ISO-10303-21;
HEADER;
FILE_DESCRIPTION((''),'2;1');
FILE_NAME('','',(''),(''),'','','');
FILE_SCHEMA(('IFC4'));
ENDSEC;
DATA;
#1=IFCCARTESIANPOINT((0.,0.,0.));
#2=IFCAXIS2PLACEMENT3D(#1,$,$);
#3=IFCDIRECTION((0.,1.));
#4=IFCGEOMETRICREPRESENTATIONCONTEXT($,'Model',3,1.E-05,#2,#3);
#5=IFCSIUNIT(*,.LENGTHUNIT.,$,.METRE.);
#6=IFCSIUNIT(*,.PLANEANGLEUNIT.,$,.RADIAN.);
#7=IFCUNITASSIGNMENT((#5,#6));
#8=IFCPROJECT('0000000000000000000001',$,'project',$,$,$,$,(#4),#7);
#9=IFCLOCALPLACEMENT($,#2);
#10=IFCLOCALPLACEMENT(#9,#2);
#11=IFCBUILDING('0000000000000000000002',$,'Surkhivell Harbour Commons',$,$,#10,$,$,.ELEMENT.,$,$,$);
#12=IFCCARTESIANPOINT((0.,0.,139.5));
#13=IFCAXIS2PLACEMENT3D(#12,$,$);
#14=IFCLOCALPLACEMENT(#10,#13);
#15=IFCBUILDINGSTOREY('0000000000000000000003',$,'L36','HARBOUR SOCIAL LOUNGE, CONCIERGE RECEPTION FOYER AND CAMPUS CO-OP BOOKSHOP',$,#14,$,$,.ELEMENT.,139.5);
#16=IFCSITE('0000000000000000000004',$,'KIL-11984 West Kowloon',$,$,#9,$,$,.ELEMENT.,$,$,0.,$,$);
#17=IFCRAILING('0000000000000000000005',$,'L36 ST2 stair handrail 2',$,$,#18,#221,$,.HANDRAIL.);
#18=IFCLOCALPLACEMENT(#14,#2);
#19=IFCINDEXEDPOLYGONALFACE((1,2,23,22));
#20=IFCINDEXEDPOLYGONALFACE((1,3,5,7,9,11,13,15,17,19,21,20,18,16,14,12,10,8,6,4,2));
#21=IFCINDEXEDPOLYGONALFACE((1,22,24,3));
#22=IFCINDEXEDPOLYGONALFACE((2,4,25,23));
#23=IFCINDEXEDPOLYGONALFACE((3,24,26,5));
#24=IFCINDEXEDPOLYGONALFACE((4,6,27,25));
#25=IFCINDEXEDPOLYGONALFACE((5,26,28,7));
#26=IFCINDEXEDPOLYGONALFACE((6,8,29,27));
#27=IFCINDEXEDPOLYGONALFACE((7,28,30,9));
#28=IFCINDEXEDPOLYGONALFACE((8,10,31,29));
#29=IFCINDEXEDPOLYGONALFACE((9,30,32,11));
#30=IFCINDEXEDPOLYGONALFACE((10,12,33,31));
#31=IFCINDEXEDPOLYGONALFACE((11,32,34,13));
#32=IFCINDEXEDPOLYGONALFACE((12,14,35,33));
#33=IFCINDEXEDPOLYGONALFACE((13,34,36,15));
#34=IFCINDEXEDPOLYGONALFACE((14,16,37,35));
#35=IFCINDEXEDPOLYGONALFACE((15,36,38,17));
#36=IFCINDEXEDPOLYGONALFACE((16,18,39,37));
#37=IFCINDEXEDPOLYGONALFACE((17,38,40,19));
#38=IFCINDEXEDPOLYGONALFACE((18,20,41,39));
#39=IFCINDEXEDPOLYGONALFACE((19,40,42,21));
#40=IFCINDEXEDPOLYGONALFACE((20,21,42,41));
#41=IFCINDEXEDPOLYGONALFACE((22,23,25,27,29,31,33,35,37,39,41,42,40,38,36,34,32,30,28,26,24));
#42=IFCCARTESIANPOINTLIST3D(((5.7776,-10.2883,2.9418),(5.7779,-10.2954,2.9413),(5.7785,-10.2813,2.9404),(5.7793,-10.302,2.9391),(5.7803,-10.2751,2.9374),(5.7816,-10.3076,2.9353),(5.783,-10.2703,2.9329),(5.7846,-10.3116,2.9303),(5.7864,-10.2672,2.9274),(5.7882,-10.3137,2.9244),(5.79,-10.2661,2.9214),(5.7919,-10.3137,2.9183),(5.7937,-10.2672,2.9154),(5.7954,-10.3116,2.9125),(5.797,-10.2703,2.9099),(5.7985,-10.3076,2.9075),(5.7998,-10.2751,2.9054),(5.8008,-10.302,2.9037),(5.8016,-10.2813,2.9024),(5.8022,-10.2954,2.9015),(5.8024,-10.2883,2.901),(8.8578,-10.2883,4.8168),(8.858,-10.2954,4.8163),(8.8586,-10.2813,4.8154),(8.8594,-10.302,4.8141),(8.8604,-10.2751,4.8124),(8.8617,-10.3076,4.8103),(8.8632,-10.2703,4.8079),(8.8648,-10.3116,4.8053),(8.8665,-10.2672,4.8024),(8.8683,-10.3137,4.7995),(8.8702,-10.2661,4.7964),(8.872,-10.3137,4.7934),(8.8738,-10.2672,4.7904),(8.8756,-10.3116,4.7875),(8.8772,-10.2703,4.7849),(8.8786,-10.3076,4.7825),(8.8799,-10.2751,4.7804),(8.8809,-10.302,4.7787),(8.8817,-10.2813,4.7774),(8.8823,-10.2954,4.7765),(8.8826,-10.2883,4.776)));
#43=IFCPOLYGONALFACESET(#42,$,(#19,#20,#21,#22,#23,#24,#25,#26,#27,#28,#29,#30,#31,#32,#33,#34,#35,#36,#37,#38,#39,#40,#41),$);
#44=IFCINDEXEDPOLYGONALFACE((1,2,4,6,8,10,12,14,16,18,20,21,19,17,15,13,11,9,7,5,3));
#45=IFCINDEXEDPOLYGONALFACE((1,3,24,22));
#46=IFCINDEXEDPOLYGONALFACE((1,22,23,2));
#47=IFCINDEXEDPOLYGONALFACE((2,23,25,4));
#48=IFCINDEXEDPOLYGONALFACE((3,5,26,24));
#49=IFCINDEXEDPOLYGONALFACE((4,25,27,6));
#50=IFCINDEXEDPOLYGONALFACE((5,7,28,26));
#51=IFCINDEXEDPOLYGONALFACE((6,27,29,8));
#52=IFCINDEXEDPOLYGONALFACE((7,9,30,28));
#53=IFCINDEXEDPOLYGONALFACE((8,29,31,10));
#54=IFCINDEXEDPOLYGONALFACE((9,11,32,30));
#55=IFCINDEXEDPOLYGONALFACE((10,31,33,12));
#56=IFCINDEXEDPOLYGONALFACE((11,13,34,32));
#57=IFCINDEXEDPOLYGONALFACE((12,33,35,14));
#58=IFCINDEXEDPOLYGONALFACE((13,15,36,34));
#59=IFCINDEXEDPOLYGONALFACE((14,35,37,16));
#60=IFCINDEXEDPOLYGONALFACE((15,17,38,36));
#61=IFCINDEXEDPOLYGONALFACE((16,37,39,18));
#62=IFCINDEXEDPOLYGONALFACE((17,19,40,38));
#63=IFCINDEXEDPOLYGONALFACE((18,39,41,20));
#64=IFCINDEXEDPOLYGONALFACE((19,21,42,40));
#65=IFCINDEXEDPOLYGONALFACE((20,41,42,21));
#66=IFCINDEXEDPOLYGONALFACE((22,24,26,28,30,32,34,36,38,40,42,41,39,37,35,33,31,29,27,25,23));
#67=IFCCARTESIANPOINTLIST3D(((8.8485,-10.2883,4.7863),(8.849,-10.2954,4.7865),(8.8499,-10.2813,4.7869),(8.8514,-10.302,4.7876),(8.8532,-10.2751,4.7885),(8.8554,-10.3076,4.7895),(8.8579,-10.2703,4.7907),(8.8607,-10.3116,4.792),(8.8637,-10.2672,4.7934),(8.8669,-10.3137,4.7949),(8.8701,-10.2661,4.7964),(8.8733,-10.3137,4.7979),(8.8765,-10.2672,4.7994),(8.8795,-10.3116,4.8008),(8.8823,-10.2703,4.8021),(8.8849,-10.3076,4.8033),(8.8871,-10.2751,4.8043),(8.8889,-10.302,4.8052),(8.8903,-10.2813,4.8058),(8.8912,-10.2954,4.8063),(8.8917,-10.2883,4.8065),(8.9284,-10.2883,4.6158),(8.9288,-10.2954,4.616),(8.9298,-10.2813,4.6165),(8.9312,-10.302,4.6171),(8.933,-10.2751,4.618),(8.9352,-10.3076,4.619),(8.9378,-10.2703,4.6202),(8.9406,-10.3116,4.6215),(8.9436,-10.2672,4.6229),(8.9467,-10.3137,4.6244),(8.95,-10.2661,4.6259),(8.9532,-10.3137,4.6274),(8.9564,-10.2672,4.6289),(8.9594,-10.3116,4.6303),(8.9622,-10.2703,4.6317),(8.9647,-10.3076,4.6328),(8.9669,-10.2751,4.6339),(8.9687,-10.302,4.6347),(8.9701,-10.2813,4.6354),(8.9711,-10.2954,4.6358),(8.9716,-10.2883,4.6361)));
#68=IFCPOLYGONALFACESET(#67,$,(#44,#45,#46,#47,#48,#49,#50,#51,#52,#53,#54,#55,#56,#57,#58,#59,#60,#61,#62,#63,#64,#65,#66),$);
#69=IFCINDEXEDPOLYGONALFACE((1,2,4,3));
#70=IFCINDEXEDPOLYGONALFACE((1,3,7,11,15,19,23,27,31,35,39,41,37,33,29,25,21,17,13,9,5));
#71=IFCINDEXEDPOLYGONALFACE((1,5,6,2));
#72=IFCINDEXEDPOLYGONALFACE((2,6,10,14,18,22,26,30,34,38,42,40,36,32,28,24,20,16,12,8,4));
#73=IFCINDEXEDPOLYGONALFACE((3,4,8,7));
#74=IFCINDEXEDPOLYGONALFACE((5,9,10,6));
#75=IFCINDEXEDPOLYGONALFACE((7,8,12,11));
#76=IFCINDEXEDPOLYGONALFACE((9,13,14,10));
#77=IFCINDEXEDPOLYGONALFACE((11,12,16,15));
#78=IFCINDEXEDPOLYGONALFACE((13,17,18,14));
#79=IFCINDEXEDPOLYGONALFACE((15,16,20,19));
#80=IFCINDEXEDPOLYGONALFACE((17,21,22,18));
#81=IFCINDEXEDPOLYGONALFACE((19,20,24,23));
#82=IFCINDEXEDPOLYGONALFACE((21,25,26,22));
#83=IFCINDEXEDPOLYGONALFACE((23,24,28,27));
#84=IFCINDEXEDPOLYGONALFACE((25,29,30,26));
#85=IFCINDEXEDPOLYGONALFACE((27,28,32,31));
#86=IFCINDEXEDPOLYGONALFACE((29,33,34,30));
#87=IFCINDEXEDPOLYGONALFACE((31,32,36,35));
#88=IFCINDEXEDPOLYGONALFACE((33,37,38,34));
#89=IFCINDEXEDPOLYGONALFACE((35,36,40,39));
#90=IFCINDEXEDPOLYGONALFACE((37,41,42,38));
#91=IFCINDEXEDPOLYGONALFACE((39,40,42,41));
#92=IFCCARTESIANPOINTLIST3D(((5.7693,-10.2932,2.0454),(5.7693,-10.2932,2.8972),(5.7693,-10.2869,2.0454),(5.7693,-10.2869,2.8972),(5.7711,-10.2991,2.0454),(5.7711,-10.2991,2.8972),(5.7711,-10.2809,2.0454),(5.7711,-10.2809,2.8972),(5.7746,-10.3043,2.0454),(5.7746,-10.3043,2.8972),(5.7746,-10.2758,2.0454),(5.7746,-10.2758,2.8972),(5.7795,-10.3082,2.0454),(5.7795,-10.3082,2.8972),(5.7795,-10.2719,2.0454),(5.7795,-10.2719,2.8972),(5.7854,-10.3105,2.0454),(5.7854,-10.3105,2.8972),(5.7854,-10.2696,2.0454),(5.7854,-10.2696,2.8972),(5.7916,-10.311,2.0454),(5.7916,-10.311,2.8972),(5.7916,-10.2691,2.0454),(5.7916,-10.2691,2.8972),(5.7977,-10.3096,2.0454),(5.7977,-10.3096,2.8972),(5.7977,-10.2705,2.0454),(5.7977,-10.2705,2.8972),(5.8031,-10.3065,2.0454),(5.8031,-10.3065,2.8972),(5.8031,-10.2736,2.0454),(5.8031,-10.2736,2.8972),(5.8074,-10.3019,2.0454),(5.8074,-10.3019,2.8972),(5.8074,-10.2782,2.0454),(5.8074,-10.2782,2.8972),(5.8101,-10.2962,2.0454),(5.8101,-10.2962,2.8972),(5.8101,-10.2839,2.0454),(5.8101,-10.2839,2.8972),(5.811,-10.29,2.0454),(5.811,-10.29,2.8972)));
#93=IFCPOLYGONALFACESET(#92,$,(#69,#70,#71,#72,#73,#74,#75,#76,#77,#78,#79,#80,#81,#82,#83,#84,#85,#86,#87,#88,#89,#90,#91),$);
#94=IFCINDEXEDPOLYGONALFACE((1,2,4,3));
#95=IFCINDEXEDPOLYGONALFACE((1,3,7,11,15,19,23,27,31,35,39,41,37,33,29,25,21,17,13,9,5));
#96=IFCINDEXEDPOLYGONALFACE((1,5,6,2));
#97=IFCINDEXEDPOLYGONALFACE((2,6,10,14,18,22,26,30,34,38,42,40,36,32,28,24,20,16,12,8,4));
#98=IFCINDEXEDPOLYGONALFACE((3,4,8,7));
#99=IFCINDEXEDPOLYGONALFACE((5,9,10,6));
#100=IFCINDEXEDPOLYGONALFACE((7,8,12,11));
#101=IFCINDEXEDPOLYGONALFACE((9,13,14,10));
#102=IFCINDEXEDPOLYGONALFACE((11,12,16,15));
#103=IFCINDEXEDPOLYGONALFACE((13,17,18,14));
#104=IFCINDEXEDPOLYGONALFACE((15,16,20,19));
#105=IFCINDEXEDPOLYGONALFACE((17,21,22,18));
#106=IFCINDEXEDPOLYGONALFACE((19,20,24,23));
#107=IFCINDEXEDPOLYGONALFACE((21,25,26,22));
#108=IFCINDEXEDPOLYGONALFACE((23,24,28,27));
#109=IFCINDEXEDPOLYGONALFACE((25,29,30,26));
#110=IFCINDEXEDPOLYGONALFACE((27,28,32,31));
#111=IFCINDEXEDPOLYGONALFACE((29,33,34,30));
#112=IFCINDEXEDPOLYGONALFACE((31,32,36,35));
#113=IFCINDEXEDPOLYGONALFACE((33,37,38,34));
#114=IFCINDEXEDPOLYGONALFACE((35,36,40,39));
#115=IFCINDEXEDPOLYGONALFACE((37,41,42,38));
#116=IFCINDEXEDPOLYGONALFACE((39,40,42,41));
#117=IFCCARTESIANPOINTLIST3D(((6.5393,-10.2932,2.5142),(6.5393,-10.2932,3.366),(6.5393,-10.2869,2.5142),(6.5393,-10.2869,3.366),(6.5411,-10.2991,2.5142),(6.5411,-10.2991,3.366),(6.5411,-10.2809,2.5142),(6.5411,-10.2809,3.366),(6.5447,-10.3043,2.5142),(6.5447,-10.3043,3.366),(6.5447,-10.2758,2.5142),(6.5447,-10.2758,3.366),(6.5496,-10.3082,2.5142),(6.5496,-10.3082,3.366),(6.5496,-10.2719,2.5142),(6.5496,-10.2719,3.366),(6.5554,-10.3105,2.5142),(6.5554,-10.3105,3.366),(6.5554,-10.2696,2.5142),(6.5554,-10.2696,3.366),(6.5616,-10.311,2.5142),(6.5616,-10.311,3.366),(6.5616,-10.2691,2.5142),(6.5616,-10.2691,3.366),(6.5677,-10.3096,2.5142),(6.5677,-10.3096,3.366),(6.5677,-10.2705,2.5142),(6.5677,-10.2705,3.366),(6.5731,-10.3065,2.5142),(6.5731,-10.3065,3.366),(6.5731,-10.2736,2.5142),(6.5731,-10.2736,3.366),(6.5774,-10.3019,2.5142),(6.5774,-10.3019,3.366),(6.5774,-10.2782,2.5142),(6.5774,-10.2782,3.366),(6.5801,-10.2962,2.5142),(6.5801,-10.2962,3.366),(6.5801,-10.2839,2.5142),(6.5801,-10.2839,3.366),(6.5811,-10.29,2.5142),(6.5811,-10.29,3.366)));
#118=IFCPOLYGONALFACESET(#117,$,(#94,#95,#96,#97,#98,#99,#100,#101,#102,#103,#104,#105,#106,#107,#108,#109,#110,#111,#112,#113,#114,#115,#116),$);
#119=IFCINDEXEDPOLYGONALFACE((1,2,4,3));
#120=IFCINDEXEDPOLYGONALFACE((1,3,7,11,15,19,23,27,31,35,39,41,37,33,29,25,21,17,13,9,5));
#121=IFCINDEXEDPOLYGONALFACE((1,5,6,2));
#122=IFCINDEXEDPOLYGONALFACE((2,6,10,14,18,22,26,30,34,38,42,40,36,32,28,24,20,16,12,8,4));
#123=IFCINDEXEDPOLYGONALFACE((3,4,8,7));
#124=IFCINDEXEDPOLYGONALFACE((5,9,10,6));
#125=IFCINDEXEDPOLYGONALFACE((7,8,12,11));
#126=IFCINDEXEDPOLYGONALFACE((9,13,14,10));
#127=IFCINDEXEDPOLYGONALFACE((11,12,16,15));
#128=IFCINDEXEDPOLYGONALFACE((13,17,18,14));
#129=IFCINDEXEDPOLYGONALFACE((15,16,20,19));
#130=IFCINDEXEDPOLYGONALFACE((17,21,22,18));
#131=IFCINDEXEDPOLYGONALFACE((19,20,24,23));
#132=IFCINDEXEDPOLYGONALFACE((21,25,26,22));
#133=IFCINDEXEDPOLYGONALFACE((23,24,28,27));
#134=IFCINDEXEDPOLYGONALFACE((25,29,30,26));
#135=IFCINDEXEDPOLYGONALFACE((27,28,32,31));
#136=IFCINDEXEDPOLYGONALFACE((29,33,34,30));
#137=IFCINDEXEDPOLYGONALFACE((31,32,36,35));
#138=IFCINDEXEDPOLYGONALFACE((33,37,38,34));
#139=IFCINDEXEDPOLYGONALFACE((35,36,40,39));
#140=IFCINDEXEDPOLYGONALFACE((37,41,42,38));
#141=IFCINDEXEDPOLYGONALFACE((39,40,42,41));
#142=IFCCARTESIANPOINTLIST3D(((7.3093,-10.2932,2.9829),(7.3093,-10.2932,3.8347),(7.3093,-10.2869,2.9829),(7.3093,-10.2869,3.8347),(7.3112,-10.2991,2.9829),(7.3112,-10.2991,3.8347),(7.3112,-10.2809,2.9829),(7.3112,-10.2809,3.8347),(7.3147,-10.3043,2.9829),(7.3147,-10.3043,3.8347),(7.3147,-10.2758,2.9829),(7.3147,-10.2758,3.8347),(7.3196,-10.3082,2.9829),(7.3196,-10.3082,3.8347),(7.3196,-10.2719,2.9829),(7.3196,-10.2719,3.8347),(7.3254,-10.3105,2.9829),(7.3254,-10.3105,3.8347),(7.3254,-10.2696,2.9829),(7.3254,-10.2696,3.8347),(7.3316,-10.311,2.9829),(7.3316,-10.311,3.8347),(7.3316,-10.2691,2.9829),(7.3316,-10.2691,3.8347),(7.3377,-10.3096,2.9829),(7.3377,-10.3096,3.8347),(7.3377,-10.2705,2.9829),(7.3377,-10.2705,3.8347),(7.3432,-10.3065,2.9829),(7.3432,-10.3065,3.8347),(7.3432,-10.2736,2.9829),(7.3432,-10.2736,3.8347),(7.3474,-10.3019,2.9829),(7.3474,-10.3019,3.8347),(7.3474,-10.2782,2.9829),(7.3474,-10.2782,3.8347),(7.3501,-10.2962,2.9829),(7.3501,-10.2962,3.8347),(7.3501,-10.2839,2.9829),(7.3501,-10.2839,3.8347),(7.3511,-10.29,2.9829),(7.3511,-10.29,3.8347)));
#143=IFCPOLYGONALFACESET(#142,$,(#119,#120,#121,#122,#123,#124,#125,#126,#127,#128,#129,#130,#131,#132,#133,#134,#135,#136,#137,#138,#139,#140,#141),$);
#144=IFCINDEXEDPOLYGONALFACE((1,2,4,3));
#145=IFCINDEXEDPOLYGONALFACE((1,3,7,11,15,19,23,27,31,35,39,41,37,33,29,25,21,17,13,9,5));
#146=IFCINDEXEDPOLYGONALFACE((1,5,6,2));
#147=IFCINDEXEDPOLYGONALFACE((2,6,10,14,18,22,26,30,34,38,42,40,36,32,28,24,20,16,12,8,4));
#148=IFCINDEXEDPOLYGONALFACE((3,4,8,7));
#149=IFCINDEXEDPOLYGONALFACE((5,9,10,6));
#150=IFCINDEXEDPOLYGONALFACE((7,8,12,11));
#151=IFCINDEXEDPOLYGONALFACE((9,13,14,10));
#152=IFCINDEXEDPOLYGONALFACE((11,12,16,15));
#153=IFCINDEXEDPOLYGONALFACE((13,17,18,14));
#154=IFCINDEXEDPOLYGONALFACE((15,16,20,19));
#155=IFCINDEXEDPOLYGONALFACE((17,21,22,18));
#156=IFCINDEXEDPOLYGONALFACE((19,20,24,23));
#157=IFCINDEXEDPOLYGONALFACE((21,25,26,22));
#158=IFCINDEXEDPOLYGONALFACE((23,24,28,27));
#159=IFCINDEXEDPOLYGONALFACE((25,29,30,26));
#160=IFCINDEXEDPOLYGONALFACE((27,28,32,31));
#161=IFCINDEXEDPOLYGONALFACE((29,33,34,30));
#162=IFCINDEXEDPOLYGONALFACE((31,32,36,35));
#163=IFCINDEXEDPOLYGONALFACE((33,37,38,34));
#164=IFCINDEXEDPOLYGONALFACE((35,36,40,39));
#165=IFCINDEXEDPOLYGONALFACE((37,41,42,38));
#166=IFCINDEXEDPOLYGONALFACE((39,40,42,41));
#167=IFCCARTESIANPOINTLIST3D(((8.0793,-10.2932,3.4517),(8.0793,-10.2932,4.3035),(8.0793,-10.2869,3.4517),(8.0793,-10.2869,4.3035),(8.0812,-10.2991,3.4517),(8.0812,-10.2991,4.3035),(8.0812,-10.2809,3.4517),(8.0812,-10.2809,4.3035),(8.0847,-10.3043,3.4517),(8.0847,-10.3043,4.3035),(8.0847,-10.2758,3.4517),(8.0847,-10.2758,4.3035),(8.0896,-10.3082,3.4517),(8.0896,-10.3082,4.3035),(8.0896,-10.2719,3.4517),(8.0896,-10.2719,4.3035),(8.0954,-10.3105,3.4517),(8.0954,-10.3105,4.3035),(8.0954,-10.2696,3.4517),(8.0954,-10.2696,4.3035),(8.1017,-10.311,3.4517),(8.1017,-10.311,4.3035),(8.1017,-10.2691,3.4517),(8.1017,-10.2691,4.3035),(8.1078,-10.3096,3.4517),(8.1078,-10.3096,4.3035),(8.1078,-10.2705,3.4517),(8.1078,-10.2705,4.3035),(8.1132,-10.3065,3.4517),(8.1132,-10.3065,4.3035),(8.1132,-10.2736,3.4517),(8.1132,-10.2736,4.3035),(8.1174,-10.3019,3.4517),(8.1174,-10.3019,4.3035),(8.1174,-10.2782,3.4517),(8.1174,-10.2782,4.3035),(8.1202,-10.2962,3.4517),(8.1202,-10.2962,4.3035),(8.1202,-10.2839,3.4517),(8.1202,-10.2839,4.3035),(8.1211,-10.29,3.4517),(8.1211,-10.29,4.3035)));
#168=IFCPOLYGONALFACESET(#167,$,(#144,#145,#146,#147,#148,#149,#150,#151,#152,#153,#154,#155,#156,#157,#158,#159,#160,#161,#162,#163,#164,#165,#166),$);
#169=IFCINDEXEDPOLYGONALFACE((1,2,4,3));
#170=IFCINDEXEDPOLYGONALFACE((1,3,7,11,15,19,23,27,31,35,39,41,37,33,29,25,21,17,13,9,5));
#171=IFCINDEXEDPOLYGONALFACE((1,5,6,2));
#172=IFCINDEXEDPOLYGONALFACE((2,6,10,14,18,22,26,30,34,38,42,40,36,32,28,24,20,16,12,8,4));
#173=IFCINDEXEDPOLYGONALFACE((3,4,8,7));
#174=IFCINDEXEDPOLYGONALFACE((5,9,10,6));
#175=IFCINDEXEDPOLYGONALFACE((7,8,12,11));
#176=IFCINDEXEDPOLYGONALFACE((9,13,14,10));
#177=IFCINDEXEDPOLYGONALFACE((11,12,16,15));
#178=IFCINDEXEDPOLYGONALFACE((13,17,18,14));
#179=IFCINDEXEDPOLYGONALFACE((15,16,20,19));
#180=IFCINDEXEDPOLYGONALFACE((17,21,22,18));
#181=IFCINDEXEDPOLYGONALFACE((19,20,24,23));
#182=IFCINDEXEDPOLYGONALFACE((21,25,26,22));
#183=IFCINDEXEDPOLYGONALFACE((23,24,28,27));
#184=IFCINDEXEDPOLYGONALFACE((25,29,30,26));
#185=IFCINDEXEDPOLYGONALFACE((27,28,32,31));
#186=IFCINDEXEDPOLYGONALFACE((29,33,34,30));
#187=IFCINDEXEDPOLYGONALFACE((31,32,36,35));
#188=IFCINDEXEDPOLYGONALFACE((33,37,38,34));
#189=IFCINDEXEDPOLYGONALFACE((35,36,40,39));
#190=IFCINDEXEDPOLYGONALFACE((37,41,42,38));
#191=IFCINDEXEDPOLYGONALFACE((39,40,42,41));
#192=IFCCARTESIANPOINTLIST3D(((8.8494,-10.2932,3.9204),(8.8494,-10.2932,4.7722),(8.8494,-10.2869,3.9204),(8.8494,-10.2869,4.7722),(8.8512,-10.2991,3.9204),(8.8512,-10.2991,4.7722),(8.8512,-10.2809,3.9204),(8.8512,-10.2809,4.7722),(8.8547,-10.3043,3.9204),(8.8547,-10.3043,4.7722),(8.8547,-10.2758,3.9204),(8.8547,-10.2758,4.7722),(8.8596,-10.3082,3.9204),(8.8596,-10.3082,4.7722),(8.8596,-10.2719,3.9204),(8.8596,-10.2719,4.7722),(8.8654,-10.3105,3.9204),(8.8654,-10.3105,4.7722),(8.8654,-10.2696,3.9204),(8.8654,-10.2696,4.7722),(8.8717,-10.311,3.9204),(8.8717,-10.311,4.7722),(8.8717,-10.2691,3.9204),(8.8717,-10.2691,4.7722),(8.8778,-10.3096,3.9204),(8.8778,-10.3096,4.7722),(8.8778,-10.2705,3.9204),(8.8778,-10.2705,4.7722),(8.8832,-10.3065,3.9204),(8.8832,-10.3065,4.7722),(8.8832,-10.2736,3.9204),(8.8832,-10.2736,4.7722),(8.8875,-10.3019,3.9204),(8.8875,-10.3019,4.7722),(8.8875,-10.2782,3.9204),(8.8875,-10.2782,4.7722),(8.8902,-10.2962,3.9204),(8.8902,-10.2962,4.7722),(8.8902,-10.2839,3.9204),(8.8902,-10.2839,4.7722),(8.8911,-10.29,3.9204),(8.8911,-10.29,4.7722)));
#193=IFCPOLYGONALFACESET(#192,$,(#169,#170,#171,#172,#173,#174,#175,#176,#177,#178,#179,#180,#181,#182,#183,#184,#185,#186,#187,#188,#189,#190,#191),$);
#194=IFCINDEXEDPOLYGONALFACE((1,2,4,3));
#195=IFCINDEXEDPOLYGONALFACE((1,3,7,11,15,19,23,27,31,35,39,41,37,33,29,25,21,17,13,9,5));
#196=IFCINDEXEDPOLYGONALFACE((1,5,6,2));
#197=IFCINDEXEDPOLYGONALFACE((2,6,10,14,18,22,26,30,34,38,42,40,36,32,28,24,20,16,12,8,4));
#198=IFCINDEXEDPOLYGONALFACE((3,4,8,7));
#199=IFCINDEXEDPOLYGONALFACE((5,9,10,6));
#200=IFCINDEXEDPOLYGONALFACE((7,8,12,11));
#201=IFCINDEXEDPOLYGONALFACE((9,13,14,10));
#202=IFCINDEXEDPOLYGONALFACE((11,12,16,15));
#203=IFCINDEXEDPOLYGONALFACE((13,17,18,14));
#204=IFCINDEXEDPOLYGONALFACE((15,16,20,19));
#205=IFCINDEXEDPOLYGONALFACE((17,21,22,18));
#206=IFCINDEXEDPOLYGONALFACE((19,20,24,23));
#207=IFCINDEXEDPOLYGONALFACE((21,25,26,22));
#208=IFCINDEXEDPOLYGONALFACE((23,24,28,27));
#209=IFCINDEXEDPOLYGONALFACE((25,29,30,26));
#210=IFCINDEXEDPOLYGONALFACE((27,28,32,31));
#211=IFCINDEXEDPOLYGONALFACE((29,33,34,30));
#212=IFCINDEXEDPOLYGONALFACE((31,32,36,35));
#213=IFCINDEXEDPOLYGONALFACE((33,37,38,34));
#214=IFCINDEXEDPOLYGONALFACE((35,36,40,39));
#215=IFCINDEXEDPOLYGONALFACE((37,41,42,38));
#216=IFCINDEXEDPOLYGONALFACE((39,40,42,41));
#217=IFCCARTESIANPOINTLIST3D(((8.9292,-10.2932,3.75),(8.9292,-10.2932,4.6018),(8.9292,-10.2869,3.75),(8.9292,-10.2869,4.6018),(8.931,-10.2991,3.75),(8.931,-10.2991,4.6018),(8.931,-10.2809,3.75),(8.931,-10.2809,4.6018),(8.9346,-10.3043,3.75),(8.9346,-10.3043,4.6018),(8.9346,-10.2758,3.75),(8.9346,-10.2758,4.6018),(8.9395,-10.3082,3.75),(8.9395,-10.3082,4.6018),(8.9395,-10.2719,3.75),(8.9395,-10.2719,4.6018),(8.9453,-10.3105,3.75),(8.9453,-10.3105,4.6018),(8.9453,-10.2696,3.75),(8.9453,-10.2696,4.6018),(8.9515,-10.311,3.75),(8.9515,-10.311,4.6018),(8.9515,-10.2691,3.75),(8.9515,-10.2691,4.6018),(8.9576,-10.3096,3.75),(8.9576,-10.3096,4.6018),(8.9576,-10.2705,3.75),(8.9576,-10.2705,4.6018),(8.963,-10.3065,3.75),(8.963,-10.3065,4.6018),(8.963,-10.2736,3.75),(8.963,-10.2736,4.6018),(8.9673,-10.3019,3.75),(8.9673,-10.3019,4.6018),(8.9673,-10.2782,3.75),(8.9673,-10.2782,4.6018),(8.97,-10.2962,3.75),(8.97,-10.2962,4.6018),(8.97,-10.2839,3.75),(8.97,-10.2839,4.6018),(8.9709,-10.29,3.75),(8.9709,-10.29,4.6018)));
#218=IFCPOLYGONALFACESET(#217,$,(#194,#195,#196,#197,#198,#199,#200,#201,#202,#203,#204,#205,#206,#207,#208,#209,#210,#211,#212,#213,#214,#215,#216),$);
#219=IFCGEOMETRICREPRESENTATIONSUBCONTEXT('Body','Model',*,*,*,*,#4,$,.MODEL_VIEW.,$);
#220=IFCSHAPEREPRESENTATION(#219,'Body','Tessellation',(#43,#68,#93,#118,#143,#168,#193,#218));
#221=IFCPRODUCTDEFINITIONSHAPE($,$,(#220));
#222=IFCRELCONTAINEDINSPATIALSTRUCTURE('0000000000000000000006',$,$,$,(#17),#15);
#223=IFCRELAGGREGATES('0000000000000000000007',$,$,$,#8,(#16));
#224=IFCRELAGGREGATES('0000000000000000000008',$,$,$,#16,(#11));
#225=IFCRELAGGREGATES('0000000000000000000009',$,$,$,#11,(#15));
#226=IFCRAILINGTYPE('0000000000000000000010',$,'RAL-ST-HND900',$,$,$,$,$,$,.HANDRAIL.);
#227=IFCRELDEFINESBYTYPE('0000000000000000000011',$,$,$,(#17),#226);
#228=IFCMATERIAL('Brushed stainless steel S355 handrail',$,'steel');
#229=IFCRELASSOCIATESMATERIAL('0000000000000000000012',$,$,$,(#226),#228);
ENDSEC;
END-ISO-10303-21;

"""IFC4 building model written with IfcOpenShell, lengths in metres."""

from ifc_helpers import new_model, si_unit, direction, frame, origin, origin_2d, place, context, subcontext, project, spatial, circle, extrude, material, type_object, element, save


model = new_model("IFC4")

# Units and contexts
model_context = context("Model", 3, precision=1e-05, world=origin(), true_north=direction((0.0, 1.0)))
body_context = subcontext(model_context, "Body", "Model", "MODEL_VIEW")
ifc_project = project(units=[si_unit("LENGTHUNIT", "METRE"), si_unit("PLANEANGLEUNIT", "RADIAN")], contexts=[model_context])

# Site, building, storey
site_placement = place(None, origin())
site = spatial("IfcSite", under=ifc_project, at=site_placement, Name="KIL-11984 West Kowloon", CompositionType="ELEMENT", RefElevation=0.0)
building_placement = place(site_placement, origin())
building = spatial("IfcBuilding", under=site, at=building_placement, Name="Surkhivell Harbour Commons", CompositionType="ELEMENT")
storey_placement = place(building_placement, frame((0.0, 0.0, 139.5)))
storey = spatial("IfcBuildingStorey", under=building, at=storey_placement, Name="L36", Description="HARBOUR SOCIAL LOUNGE, CONCIERGE RECEPTION FOYER AND CAMPUS CO-OP BOOKSHOP", CompositionType="ELEMENT", Elevation=139.5)

# Railing
ifc_material_1 = material(Name="Brushed stainless steel S355 handrail", Category="steel")
railing_type_1 = type_object("IfcRailingType", Name="RAL-ST-HND900", PredefinedType="HANDRAIL", material=ifc_material_1)
railing_1_placement = place(storey_placement, frame((5.79, -10.29, 2.0454)))
element("IfcRailing", 1, at=railing_1_placement, inside=storey, type_object=railing_type_1, Name="L36 ST2 stair handrail 2", PredefinedType="HANDRAIL", context=body_context, shape_type="SweptSolid", body=[
    extrude(circle(Radius=0.0239, at=origin_2d()), frame((0.0, 0.0, 0.876), z_axis=(0.854178, 0.0, 0.519981), x_axis=(0.0, 1.0, 0.0)), (0.0, 0.0, 1.0), 3.606),
    extrude(circle(Radius=0.0239, at=origin_2d()), frame((3.0801, 0.0, 2.751), z_axis=(0.424234, 0.0, -0.905552), x_axis=(0.0, 1.0, 0.0)), (0.0, 0.0, 1.0), 0.1882),
    extrude(circle(Radius=0.021, at=origin_2d()), origin(), (0.0, 0.0, 1.0), 0.8518),
    extrude(circle(Radius=0.021, at=origin_2d()), frame((0.77, 0.0, 0.4688)), (0.0, 0.0, 1.0), 0.8518),
    extrude(circle(Radius=0.021, at=origin_2d()), frame((1.54, 0.0, 0.9375)), (0.0, 0.0, 1.0), 0.8518),
    extrude(circle(Radius=0.021, at=origin_2d()), frame((2.3101, 0.0, 1.4062)), (0.0, 0.0, 1.0), 0.8518),
    extrude(circle(Radius=0.021, at=origin_2d()), frame((3.0801, 0.0, 1.875)), (0.0, 0.0, 1.0), 0.8518),
    extrude(circle(Radius=0.021, at=origin_2d()), frame((3.1599, 0.0, 1.7046)), (0.0, 0.0, 1.0), 0.8518),
])

save(model, "model.ifc")
